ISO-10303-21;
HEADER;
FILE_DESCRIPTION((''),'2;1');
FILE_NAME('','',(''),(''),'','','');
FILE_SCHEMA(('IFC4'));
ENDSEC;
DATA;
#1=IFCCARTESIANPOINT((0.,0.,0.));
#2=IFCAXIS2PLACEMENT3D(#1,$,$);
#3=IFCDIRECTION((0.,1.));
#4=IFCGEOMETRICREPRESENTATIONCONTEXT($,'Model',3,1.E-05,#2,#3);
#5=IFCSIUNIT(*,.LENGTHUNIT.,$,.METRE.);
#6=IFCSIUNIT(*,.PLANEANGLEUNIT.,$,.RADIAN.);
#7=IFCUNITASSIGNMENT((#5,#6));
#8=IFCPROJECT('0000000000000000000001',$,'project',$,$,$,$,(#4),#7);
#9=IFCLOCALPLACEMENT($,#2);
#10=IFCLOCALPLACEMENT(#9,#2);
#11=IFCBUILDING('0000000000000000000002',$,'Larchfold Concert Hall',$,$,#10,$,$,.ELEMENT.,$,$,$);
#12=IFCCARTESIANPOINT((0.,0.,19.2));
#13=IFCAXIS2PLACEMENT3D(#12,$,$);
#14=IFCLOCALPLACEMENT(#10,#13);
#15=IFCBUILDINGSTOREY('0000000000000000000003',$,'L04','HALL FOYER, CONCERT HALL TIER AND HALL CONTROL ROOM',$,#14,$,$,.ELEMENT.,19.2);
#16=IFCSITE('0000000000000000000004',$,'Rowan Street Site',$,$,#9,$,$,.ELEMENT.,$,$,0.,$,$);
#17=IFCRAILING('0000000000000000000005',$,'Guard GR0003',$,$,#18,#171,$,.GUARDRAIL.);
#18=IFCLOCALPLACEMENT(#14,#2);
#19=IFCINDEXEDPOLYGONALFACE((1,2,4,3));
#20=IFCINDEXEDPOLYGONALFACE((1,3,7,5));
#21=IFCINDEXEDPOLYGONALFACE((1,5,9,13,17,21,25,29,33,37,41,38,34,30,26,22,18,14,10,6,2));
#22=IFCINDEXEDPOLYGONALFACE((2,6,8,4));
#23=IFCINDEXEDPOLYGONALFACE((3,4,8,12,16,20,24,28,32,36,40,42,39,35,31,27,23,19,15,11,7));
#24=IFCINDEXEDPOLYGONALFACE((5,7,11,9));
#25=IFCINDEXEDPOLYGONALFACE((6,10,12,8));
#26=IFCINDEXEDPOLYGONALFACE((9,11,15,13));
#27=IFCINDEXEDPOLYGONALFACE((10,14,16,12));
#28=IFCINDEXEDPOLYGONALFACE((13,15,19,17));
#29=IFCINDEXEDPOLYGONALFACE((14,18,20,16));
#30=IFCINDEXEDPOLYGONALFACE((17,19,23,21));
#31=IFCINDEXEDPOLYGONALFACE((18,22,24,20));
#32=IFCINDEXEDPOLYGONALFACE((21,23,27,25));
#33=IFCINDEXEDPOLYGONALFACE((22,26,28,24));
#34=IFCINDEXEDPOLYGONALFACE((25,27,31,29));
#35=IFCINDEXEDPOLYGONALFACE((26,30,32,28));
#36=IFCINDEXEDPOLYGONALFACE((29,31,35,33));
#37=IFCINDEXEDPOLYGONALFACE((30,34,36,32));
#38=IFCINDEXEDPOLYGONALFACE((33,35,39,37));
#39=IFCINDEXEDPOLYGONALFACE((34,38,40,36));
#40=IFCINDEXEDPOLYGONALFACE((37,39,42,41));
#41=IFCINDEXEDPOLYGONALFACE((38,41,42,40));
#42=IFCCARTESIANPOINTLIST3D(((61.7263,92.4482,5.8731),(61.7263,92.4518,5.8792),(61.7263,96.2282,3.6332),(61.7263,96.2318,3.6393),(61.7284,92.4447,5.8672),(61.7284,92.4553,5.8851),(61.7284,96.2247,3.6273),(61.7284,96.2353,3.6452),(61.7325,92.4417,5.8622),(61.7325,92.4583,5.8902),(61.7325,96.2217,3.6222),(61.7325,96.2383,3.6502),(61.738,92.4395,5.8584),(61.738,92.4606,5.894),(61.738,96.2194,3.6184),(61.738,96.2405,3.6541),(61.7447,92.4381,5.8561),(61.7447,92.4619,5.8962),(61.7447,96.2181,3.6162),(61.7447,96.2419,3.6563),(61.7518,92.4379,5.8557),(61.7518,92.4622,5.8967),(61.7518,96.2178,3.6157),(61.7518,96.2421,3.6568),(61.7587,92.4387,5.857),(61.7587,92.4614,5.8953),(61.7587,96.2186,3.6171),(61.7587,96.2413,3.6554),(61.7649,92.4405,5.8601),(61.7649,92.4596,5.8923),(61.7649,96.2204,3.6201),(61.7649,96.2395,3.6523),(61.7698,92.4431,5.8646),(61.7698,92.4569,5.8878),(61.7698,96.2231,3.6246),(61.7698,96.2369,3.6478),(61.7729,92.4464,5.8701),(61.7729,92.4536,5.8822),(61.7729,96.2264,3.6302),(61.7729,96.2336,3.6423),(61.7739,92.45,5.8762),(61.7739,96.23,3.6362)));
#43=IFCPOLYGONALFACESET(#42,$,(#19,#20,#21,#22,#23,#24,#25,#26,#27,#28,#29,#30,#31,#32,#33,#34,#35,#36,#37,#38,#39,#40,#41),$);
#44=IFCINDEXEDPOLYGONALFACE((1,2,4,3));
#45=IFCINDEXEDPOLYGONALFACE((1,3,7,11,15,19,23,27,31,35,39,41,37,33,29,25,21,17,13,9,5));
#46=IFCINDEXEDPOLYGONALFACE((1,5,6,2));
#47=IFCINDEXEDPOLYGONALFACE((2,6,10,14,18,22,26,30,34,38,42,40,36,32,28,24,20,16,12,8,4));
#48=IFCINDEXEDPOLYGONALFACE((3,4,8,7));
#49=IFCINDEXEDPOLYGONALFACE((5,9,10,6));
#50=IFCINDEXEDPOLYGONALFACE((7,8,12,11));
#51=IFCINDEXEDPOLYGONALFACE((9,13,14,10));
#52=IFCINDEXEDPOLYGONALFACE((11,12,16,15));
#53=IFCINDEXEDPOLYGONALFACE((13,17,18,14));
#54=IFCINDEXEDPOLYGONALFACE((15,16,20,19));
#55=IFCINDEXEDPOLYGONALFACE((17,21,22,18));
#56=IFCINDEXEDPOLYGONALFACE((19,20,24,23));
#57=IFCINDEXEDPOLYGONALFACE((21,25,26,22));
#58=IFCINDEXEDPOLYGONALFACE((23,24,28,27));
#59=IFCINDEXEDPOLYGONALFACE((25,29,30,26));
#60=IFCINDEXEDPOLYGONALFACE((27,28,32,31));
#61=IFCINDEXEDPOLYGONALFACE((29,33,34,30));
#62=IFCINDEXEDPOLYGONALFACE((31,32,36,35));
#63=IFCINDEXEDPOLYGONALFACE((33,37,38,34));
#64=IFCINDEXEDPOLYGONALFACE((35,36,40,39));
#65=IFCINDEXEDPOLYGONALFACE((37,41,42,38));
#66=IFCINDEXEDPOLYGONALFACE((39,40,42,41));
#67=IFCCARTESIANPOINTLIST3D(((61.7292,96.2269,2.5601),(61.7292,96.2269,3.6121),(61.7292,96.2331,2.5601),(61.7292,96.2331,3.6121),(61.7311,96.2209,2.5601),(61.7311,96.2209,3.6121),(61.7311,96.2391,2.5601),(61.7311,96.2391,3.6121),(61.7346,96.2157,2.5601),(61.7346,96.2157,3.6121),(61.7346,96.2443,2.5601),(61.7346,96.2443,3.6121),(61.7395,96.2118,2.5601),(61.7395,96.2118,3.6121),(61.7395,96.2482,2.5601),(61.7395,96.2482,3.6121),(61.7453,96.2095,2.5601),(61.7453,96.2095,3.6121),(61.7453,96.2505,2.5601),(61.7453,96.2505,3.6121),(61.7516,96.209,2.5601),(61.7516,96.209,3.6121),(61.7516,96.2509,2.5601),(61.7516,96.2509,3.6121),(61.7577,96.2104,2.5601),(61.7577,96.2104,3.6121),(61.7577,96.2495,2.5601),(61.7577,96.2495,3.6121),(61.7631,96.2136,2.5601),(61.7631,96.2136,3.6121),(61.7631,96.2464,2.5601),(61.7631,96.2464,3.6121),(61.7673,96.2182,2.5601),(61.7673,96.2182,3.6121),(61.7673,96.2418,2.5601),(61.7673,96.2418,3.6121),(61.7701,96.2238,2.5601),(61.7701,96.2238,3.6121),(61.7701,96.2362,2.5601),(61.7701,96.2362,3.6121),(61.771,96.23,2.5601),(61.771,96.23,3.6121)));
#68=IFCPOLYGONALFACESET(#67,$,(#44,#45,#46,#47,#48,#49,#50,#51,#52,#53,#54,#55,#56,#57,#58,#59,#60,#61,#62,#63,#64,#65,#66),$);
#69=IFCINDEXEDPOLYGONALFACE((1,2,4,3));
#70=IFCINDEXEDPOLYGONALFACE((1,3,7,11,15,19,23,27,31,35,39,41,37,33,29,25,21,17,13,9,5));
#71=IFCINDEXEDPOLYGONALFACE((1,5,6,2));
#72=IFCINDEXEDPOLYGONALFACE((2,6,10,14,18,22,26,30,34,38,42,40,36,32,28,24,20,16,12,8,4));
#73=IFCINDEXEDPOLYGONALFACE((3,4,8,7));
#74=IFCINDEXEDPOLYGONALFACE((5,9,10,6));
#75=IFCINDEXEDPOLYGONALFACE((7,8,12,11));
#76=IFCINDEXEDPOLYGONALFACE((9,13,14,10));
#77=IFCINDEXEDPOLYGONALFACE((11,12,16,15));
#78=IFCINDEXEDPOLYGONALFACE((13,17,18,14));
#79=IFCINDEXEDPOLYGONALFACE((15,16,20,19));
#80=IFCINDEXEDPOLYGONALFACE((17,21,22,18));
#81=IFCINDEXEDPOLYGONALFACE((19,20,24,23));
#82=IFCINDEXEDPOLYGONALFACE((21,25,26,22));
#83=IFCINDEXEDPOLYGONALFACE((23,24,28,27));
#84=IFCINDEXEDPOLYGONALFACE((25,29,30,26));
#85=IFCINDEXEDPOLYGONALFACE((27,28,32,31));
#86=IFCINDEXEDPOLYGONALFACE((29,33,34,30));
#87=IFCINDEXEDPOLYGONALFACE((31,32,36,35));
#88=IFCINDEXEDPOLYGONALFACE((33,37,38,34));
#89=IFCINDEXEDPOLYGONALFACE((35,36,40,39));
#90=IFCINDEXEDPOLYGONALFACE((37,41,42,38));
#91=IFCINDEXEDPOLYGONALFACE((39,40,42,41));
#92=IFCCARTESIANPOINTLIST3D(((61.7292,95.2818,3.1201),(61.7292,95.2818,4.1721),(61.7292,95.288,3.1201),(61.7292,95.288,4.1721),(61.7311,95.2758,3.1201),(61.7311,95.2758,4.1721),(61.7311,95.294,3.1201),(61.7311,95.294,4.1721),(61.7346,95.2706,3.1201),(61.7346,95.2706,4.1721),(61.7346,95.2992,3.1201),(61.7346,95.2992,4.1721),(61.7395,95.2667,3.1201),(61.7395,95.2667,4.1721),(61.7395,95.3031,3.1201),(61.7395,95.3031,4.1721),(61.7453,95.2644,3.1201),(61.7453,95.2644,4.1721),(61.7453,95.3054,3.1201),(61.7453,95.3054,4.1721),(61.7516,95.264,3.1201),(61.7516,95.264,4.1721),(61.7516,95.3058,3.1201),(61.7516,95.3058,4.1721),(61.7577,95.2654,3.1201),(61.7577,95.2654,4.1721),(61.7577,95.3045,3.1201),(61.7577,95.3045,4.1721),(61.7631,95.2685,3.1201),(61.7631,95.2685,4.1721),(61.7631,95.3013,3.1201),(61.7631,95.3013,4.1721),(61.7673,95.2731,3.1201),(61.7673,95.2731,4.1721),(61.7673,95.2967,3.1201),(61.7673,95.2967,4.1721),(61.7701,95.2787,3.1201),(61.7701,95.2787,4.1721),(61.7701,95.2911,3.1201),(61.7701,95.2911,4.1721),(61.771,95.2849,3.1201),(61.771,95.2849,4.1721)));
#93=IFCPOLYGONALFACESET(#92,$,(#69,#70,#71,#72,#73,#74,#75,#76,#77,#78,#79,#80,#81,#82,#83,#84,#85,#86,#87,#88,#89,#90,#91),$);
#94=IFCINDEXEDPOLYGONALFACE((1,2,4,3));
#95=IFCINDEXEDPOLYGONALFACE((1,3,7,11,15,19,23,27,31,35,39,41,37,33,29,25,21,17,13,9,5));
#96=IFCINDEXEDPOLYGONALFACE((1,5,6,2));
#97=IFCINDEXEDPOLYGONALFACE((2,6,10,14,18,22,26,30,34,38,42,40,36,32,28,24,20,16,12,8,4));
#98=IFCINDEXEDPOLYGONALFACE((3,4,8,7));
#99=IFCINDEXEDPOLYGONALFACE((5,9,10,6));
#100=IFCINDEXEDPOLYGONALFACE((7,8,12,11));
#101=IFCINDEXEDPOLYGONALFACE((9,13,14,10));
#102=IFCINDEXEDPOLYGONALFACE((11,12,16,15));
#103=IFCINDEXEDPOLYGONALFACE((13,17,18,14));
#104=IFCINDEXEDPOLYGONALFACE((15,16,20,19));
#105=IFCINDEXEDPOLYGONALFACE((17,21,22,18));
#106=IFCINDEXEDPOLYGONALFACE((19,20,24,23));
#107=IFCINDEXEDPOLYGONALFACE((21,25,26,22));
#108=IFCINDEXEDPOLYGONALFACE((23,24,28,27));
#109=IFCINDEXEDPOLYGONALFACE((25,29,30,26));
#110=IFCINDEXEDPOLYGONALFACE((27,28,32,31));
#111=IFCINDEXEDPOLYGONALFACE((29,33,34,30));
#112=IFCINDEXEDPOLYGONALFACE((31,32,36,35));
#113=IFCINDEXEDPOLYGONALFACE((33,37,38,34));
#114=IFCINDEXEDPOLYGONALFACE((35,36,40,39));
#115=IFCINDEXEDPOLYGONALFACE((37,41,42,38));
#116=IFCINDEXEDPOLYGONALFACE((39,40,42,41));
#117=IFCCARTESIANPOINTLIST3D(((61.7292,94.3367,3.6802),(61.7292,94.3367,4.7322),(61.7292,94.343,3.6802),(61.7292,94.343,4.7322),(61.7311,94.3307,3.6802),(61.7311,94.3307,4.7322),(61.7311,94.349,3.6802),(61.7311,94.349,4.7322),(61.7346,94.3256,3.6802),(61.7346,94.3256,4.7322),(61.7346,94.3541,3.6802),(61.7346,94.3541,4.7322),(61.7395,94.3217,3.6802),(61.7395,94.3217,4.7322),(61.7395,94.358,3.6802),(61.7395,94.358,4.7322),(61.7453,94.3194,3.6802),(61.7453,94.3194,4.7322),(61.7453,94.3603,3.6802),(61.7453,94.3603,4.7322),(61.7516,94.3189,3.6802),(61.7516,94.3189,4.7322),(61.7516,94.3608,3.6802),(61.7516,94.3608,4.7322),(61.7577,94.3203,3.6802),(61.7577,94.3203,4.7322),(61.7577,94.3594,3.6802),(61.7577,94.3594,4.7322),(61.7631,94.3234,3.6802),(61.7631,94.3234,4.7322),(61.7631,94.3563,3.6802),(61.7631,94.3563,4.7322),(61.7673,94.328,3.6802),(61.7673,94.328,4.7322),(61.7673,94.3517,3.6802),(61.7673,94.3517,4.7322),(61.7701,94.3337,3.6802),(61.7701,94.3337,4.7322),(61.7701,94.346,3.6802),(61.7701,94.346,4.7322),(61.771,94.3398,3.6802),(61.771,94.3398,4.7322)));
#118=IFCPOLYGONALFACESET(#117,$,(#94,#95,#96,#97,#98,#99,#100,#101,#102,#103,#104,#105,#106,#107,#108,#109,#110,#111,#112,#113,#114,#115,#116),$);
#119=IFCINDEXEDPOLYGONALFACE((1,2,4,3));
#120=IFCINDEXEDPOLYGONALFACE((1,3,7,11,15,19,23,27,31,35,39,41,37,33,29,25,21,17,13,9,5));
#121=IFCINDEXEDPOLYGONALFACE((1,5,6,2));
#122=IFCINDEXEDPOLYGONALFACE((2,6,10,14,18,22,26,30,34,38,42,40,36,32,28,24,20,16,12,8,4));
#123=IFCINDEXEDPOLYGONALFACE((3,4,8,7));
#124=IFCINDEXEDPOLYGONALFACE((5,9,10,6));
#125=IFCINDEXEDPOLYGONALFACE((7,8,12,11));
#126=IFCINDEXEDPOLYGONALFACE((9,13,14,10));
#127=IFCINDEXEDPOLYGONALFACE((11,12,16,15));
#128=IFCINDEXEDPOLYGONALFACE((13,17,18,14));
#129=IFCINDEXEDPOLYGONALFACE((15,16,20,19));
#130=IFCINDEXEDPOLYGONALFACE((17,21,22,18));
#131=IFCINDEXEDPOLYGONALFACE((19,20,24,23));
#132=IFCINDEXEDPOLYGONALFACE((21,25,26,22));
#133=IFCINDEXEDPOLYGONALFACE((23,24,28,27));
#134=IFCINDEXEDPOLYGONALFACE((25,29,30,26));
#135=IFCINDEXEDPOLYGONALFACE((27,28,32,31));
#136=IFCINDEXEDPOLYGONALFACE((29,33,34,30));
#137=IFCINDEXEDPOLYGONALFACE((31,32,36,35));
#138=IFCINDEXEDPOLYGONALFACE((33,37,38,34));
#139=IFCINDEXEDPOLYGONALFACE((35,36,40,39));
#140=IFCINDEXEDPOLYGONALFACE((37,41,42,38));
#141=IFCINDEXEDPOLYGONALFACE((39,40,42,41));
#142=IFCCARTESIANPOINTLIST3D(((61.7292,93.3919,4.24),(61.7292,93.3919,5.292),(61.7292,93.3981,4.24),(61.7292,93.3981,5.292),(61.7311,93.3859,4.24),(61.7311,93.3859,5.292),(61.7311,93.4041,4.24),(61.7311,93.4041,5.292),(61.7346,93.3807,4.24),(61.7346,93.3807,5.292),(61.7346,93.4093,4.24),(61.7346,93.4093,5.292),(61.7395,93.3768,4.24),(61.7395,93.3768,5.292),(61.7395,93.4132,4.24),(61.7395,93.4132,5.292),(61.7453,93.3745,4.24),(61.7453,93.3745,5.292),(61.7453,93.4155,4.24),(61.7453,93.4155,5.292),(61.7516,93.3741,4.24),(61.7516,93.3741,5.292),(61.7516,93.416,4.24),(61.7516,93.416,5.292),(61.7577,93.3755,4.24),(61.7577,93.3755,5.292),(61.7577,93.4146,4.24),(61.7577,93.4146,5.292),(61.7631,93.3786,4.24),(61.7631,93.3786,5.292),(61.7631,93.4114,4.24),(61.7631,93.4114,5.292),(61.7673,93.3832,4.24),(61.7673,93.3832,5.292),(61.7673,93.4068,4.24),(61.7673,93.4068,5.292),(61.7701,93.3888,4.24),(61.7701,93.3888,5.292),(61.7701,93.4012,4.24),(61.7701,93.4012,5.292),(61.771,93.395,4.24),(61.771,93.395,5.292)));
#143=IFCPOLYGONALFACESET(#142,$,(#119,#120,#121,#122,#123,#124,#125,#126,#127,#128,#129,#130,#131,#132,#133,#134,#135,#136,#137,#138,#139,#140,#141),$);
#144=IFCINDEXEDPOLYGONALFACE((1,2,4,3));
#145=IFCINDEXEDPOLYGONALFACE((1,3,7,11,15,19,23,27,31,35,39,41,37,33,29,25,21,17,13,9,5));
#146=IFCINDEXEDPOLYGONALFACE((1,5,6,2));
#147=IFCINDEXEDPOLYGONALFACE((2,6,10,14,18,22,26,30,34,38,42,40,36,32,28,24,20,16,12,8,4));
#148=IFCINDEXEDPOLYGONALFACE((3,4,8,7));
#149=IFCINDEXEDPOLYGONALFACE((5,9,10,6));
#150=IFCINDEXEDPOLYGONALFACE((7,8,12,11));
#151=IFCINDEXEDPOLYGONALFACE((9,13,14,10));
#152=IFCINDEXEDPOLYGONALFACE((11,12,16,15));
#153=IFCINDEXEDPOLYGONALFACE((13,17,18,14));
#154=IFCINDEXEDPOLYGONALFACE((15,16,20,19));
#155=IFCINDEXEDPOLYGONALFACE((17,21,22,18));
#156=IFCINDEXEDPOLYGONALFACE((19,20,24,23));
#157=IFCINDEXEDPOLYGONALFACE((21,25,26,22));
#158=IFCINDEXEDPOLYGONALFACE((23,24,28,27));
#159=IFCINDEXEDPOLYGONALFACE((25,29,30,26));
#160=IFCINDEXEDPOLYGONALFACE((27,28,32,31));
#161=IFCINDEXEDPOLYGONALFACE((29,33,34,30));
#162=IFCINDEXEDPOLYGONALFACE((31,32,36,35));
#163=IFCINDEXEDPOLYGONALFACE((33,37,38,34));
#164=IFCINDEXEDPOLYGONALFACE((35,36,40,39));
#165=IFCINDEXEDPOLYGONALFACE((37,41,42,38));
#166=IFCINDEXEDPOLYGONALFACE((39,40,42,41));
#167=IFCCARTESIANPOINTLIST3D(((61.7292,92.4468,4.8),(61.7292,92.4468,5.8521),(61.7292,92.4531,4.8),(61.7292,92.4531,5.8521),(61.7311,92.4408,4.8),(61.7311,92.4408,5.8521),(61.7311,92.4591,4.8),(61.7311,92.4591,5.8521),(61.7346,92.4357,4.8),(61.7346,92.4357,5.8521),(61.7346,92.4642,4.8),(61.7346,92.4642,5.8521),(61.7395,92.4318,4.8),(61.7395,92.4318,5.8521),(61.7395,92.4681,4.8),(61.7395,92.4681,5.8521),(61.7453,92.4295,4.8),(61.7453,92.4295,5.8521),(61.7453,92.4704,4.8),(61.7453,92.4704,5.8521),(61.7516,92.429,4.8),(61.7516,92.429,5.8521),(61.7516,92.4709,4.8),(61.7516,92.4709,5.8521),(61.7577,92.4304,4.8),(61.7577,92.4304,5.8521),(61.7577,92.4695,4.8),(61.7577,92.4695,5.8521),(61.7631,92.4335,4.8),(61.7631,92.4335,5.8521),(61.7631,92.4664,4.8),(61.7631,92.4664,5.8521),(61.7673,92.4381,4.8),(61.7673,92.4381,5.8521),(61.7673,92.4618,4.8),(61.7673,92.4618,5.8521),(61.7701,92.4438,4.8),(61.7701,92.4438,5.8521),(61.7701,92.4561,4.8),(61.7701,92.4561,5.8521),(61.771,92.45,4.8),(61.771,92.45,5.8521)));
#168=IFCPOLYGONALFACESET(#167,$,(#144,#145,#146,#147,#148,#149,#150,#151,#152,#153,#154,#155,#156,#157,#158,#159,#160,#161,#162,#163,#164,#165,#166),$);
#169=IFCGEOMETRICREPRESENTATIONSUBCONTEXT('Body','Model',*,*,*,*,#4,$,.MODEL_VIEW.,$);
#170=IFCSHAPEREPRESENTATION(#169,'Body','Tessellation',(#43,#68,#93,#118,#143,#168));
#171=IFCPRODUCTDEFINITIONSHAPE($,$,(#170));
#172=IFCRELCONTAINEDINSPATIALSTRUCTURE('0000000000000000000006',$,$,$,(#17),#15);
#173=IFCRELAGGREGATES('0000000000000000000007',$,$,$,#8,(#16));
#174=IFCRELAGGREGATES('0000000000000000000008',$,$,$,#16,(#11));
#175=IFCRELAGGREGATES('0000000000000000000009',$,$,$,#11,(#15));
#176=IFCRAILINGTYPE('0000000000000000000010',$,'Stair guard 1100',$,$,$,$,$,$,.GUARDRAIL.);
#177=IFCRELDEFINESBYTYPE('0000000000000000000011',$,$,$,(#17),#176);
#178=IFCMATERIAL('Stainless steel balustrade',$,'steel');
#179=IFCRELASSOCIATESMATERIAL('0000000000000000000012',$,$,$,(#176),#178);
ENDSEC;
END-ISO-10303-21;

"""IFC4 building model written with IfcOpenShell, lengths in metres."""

from ifc_helpers import new_model, si_unit, direction, frame, origin, origin_2d, place, context, subcontext, project, spatial, circle, extrude, material, type_object, element, save


model = new_model("IFC4")

# Units and contexts
model_context = context("Model", 3, precision=1e-05, world=origin(), true_north=direction((0.0, 1.0)))
body_context = subcontext(model_context, "Body", "Model", "MODEL_VIEW")
ifc_project = project(units=[si_unit("LENGTHUNIT", "METRE"), si_unit("PLANEANGLEUNIT", "RADIAN")], contexts=[model_context])

# Site, building, storey
site_placement = place(None, origin())
site = spatial("IfcSite", under=ifc_project, at=site_placement, Name="Rowan Street Site", CompositionType="ELEMENT", RefElevation=0.0)
building_placement = place(site_placement, origin())
building = spatial("IfcBuilding", under=site, at=building_placement, Name="Larchfold Concert Hall", CompositionType="ELEMENT")
storey_placement = place(building_placement, frame((0.0, 0.0, 19.2)))
storey = spatial("IfcBuildingStorey", under=building, at=storey_placement, Name="L04", Description="HALL FOYER, CONCERT HALL TIER AND HALL CONTROL ROOM", CompositionType="ELEMENT", Elevation=19.2)

# Railing
ifc_material_1 = material(Name="Stainless steel balustrade", Category="steel")
railing_type_1 = type_object("IfcRailingType", Name="Stair guard 1100", PredefinedType="GUARDRAIL", material=ifc_material_1)
railing_1_placement = place(storey_placement, frame((61.75, 96.23, 2.5601)))
element("IfcRailing", 1, at=railing_1_placement, inside=storey, type_object=railing_type_1, Name="Guard GR0003", PredefinedType="GUARDRAIL", context=body_context, shape_type="SweptSolid", body=[
    extrude(circle(Radius=0.0239, at=origin_2d()), frame((0.0, 0.0, 1.0762), z_axis=(0.0, -0.860294, 0.509798), x_axis=(1.0, 0.0, 0.0)), (0.0, 0.0, 1.0), 4.3938),
    extrude(circle(Radius=0.021, at=origin_2d()), origin(), (0.0, 0.0, 1.0), 1.052),
    extrude(circle(Radius=0.021, at=origin_2d()), frame((0.0, -0.9451, 0.5601)), (0.0, 0.0, 1.0), 1.052),
    extrude(circle(Radius=0.021, at=origin_2d()), frame((0.0, -1.8901, 1.1201)), (0.0, 0.0, 1.0), 1.052),
    extrude(circle(Radius=0.021, at=origin_2d()), frame((0.0, -2.835, 1.6799)), (0.0, 0.0, 1.0), 1.052),
    extrude(circle(Radius=0.021, at=origin_2d()), frame((0.0, -3.78, 2.24)), (0.0, 0.0, 1.0), 1.052),
])

save(model, "model.ifc")
